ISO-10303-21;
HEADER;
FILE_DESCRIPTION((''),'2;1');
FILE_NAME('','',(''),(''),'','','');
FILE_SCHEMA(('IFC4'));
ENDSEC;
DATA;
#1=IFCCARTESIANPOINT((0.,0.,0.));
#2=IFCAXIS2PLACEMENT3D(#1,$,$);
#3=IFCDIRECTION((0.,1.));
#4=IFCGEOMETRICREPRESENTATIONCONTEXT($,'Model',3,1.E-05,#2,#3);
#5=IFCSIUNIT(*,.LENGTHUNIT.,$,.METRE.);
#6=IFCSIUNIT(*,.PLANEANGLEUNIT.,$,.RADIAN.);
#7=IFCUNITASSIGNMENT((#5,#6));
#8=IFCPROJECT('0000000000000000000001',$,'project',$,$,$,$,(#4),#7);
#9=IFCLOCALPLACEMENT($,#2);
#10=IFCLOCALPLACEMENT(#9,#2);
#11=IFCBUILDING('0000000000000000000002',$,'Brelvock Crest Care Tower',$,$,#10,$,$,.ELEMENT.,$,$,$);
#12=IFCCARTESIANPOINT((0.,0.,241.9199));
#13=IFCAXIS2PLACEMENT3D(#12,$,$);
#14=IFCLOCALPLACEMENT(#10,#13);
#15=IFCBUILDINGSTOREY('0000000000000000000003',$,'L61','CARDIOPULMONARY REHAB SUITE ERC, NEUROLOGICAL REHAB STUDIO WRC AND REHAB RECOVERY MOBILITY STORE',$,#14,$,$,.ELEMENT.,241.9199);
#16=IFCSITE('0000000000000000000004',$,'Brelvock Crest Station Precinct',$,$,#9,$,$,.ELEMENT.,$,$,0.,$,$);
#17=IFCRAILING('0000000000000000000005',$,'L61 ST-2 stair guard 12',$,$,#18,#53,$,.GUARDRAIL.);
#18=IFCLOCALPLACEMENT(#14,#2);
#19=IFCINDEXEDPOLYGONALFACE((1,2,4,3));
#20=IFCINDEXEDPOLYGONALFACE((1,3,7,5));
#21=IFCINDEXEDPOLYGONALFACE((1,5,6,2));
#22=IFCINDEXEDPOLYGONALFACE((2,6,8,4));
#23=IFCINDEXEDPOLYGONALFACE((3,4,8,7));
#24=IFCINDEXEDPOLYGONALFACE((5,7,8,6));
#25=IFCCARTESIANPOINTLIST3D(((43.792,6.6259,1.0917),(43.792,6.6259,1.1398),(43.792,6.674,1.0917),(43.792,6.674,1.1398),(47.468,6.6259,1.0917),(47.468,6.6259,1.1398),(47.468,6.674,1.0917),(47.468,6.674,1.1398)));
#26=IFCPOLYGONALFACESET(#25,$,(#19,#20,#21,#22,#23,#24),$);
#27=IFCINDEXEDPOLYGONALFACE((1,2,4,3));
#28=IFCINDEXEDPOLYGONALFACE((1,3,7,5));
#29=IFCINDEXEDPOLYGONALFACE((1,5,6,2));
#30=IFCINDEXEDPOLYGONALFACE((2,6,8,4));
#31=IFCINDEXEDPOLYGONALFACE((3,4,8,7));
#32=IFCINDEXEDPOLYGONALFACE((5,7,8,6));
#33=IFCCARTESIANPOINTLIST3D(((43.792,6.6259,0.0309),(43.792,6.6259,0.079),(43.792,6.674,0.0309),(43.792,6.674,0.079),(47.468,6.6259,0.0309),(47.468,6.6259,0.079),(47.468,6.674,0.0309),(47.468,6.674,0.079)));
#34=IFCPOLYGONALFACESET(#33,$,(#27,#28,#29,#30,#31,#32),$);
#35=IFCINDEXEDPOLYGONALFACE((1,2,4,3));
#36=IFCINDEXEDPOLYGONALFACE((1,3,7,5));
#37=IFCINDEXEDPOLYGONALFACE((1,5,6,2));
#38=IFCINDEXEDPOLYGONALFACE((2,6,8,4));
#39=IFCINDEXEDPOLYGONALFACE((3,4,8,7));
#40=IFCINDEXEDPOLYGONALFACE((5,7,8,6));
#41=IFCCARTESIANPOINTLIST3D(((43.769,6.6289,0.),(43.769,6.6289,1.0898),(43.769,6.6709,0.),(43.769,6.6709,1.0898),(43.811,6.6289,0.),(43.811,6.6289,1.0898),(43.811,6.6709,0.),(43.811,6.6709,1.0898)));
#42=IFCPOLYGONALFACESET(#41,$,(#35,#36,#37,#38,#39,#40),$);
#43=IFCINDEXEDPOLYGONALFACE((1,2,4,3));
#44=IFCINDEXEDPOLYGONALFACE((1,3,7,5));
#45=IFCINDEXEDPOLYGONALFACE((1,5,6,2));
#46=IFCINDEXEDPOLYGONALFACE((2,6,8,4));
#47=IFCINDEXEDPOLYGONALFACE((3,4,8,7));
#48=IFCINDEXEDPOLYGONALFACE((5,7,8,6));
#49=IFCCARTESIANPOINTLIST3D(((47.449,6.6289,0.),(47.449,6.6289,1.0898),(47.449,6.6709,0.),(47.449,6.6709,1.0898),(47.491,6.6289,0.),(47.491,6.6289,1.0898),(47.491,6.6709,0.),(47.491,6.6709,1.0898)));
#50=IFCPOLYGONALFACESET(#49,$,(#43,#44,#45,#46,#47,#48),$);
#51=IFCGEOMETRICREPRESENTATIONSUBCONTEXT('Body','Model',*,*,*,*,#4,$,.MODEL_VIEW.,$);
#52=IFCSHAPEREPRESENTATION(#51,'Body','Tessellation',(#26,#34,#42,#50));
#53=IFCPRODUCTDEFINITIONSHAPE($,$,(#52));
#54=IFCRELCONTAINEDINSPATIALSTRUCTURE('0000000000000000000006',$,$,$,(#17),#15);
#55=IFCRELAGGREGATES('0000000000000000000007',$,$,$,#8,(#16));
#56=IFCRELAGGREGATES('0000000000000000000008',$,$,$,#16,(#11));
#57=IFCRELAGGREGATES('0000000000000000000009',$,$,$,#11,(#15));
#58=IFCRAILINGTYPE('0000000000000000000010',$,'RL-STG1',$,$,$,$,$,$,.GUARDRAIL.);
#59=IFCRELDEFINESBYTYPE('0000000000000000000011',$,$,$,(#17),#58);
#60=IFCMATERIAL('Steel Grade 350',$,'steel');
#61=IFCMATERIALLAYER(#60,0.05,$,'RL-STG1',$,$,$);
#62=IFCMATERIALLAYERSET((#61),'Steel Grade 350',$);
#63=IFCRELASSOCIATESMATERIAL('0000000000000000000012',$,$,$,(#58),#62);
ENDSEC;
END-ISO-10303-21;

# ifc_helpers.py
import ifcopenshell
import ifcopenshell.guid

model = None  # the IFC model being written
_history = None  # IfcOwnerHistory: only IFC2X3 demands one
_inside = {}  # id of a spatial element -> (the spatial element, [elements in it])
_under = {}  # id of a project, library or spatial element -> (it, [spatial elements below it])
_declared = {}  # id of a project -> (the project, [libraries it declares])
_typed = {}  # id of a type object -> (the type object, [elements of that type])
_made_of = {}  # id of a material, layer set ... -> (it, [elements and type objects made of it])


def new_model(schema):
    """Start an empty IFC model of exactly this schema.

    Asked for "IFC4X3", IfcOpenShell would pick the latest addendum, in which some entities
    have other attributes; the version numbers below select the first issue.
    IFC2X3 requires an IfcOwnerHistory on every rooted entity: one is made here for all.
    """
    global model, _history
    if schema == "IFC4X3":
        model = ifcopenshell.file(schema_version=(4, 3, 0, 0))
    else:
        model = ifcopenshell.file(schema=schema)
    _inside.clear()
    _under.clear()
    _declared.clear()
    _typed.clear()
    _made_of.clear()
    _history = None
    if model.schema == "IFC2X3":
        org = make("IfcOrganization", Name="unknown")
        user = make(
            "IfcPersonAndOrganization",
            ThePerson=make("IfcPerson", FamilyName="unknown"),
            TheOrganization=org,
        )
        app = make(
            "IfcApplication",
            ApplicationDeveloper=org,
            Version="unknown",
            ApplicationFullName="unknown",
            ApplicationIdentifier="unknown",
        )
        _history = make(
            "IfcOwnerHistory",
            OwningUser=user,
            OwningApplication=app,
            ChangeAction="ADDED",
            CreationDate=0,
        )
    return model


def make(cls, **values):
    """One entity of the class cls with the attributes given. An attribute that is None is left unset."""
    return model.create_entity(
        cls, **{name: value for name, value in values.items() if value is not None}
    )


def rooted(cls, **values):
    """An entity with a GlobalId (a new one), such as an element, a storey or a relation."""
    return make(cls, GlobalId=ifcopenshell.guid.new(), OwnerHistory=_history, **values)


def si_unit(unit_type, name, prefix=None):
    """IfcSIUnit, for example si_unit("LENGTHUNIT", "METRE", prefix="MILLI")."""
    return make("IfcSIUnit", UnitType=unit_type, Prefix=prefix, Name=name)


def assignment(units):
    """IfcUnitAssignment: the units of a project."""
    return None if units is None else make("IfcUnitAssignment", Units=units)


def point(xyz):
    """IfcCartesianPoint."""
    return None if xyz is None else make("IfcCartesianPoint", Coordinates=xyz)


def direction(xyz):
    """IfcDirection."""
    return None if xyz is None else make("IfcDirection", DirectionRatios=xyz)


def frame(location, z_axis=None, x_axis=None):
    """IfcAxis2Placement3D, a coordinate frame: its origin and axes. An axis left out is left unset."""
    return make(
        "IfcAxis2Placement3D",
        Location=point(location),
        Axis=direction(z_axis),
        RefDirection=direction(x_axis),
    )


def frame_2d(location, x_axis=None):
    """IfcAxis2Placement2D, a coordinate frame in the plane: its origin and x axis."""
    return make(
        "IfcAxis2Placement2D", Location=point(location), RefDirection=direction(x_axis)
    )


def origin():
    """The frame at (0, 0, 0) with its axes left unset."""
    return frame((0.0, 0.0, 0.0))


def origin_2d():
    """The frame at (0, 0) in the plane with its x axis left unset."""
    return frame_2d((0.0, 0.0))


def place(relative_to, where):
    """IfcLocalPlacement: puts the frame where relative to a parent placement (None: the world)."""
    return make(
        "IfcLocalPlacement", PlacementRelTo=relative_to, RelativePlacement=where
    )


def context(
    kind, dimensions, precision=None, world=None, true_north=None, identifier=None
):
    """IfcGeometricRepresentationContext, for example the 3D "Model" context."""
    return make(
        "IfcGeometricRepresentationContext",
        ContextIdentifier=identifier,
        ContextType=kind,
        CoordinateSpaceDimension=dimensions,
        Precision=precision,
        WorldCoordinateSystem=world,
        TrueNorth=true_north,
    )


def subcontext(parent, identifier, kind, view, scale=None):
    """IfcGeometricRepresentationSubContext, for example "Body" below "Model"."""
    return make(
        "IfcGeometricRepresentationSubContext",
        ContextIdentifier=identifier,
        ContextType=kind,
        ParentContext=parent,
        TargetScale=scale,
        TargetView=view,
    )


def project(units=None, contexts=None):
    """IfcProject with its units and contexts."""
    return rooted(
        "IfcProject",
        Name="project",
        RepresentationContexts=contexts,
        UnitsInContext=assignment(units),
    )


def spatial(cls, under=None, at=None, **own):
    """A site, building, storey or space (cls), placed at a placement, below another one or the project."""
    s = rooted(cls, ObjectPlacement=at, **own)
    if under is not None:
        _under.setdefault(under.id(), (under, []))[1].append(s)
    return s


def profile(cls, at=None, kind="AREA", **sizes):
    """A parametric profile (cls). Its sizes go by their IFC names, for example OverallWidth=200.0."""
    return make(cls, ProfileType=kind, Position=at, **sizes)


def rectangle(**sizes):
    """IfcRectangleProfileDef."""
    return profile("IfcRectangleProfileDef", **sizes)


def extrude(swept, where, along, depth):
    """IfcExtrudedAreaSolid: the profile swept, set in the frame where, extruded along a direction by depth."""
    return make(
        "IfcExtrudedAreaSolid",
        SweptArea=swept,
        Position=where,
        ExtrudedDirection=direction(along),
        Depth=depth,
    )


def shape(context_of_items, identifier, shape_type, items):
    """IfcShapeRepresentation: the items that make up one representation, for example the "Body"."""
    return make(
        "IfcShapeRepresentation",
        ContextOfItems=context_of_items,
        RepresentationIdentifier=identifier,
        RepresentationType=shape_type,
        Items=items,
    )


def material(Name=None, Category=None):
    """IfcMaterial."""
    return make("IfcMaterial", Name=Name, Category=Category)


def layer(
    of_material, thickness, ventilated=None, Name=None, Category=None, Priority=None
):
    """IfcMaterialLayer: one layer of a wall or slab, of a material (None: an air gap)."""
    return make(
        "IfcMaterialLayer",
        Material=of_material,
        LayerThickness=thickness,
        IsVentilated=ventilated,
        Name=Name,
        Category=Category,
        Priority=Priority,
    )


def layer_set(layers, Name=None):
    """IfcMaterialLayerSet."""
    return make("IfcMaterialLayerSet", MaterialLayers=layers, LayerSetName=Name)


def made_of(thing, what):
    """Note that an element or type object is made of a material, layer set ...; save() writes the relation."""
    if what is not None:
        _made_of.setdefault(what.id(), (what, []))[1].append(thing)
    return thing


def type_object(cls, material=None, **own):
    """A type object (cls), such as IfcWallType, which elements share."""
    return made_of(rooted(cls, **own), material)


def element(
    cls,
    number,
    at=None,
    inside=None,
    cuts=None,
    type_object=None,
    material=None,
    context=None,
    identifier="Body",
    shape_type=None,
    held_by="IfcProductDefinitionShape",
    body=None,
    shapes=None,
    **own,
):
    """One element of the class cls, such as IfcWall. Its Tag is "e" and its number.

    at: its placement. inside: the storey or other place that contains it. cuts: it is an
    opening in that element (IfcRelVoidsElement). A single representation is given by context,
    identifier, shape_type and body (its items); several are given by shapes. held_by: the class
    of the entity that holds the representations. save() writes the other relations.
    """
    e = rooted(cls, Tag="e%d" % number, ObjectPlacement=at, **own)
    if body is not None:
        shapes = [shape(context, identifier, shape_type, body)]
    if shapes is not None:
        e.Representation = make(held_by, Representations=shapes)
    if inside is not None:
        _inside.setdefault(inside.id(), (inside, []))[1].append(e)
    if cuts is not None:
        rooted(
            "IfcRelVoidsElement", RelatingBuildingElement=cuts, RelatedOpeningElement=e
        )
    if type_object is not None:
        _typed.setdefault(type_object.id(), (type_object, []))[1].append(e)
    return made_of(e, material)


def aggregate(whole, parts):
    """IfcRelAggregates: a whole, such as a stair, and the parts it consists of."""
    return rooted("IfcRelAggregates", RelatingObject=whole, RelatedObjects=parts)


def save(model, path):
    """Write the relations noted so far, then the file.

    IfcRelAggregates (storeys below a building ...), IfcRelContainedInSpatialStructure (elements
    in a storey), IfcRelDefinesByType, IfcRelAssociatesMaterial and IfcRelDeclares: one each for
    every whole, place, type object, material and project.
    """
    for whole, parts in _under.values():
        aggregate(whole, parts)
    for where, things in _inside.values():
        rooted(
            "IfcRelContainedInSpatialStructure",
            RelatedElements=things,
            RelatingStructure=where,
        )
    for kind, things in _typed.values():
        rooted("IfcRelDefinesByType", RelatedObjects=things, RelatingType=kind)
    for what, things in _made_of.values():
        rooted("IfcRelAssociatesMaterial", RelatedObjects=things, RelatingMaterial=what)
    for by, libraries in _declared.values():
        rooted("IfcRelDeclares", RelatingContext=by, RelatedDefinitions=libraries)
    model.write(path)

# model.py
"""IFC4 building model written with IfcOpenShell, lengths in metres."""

from ifc_helpers import new_model, si_unit, direction, frame, origin, origin_2d, place, context, subcontext, project, spatial, rectangle, extrude, material, layer, layer_set, type_object, element, save


model = new_model("IFC4")

# Units and contexts
model_context = context("Model", 3, precision=1e-05, world=origin(), true_north=direction((0.0, 1.0)))
body_context = subcontext(model_context, "Body", "Model", "MODEL_VIEW")
ifc_project = project(units=[si_unit("LENGTHUNIT", "METRE"), si_unit("PLANEANGLEUNIT", "RADIAN")], contexts=[model_context])

# Site, building, storey
site_placement = place(None, origin())
site = spatial("IfcSite", under=ifc_project, at=site_placement, Name="Brelvock Crest Station Precinct", CompositionType="ELEMENT", RefElevation=0.0)
building_placement = place(site_placement, origin())
building = spatial("IfcBuilding", under=site, at=building_placement, Name="Brelvock Crest Care Tower", CompositionType="ELEMENT")
storey_placement = place(building_placement, frame((0.0, 0.0, 241.9199)))
storey = spatial("IfcBuildingStorey", under=building, at=storey_placement, Name="L61", Description="CARDIOPULMONARY REHAB SUITE ERC, NEUROLOGICAL REHAB STUDIO WRC AND REHAB RECOVERY MOBILITY STORE", CompositionType="ELEMENT", Elevation=241.9199)

# Shared definitions
ifc_material_1 = material(Name="Steel Grade 350", Category="steel")

# Railing
ifc_layer_1 = layer(ifc_material_1, 0.05, Name="RL-STG1")
ifc_layer_set_1 = layer_set([ifc_layer_1], Name="Steel Grade 350")
railing_type = type_object("IfcRailingType", Name="RL-STG1", PredefinedType="GUARDRAIL", material=ifc_layer_set_1)
railing_placement = place(storey_placement, frame((43.79, 6.6499, 0.0)))
element("IfcRailing", 1, at=railing_placement, inside=storey, type_object=railing_type, Name="L61 ST-2 stair guard 12", PredefinedType="GUARDRAIL", context=body_context, shape_type="SweptSolid", body=[
    extrude(rectangle(XDim=0.0481, YDim=0.0481, at=origin_2d()), frame((0.002, 0.0, 1.1157), z_axis=(1.0, 0.0, 0.0), x_axis=(0.0, 1.0, 0.0)), (0.0, 0.0, 1.0), 3.676),
    extrude(rectangle(XDim=0.0481, YDim=0.0481, at=origin_2d()), frame((0.002, 0.0, 0.0549), z_axis=(1.0, 0.0, 0.0), x_axis=(0.0, 1.0, 0.0)), (0.0, 0.0, 1.0), 3.676),
    extrude(rectangle(XDim=0.042, YDim=0.042, at=origin_2d()), origin(), (0.0, 0.0, 1.0), 1.0898),
    extrude(rectangle(XDim=0.042, YDim=0.042, at=origin_2d()), frame((3.6799, 0.0, 0.0)), (0.0, 0.0, 1.0), 1.0898),
])

save(model, "model.ifc")
